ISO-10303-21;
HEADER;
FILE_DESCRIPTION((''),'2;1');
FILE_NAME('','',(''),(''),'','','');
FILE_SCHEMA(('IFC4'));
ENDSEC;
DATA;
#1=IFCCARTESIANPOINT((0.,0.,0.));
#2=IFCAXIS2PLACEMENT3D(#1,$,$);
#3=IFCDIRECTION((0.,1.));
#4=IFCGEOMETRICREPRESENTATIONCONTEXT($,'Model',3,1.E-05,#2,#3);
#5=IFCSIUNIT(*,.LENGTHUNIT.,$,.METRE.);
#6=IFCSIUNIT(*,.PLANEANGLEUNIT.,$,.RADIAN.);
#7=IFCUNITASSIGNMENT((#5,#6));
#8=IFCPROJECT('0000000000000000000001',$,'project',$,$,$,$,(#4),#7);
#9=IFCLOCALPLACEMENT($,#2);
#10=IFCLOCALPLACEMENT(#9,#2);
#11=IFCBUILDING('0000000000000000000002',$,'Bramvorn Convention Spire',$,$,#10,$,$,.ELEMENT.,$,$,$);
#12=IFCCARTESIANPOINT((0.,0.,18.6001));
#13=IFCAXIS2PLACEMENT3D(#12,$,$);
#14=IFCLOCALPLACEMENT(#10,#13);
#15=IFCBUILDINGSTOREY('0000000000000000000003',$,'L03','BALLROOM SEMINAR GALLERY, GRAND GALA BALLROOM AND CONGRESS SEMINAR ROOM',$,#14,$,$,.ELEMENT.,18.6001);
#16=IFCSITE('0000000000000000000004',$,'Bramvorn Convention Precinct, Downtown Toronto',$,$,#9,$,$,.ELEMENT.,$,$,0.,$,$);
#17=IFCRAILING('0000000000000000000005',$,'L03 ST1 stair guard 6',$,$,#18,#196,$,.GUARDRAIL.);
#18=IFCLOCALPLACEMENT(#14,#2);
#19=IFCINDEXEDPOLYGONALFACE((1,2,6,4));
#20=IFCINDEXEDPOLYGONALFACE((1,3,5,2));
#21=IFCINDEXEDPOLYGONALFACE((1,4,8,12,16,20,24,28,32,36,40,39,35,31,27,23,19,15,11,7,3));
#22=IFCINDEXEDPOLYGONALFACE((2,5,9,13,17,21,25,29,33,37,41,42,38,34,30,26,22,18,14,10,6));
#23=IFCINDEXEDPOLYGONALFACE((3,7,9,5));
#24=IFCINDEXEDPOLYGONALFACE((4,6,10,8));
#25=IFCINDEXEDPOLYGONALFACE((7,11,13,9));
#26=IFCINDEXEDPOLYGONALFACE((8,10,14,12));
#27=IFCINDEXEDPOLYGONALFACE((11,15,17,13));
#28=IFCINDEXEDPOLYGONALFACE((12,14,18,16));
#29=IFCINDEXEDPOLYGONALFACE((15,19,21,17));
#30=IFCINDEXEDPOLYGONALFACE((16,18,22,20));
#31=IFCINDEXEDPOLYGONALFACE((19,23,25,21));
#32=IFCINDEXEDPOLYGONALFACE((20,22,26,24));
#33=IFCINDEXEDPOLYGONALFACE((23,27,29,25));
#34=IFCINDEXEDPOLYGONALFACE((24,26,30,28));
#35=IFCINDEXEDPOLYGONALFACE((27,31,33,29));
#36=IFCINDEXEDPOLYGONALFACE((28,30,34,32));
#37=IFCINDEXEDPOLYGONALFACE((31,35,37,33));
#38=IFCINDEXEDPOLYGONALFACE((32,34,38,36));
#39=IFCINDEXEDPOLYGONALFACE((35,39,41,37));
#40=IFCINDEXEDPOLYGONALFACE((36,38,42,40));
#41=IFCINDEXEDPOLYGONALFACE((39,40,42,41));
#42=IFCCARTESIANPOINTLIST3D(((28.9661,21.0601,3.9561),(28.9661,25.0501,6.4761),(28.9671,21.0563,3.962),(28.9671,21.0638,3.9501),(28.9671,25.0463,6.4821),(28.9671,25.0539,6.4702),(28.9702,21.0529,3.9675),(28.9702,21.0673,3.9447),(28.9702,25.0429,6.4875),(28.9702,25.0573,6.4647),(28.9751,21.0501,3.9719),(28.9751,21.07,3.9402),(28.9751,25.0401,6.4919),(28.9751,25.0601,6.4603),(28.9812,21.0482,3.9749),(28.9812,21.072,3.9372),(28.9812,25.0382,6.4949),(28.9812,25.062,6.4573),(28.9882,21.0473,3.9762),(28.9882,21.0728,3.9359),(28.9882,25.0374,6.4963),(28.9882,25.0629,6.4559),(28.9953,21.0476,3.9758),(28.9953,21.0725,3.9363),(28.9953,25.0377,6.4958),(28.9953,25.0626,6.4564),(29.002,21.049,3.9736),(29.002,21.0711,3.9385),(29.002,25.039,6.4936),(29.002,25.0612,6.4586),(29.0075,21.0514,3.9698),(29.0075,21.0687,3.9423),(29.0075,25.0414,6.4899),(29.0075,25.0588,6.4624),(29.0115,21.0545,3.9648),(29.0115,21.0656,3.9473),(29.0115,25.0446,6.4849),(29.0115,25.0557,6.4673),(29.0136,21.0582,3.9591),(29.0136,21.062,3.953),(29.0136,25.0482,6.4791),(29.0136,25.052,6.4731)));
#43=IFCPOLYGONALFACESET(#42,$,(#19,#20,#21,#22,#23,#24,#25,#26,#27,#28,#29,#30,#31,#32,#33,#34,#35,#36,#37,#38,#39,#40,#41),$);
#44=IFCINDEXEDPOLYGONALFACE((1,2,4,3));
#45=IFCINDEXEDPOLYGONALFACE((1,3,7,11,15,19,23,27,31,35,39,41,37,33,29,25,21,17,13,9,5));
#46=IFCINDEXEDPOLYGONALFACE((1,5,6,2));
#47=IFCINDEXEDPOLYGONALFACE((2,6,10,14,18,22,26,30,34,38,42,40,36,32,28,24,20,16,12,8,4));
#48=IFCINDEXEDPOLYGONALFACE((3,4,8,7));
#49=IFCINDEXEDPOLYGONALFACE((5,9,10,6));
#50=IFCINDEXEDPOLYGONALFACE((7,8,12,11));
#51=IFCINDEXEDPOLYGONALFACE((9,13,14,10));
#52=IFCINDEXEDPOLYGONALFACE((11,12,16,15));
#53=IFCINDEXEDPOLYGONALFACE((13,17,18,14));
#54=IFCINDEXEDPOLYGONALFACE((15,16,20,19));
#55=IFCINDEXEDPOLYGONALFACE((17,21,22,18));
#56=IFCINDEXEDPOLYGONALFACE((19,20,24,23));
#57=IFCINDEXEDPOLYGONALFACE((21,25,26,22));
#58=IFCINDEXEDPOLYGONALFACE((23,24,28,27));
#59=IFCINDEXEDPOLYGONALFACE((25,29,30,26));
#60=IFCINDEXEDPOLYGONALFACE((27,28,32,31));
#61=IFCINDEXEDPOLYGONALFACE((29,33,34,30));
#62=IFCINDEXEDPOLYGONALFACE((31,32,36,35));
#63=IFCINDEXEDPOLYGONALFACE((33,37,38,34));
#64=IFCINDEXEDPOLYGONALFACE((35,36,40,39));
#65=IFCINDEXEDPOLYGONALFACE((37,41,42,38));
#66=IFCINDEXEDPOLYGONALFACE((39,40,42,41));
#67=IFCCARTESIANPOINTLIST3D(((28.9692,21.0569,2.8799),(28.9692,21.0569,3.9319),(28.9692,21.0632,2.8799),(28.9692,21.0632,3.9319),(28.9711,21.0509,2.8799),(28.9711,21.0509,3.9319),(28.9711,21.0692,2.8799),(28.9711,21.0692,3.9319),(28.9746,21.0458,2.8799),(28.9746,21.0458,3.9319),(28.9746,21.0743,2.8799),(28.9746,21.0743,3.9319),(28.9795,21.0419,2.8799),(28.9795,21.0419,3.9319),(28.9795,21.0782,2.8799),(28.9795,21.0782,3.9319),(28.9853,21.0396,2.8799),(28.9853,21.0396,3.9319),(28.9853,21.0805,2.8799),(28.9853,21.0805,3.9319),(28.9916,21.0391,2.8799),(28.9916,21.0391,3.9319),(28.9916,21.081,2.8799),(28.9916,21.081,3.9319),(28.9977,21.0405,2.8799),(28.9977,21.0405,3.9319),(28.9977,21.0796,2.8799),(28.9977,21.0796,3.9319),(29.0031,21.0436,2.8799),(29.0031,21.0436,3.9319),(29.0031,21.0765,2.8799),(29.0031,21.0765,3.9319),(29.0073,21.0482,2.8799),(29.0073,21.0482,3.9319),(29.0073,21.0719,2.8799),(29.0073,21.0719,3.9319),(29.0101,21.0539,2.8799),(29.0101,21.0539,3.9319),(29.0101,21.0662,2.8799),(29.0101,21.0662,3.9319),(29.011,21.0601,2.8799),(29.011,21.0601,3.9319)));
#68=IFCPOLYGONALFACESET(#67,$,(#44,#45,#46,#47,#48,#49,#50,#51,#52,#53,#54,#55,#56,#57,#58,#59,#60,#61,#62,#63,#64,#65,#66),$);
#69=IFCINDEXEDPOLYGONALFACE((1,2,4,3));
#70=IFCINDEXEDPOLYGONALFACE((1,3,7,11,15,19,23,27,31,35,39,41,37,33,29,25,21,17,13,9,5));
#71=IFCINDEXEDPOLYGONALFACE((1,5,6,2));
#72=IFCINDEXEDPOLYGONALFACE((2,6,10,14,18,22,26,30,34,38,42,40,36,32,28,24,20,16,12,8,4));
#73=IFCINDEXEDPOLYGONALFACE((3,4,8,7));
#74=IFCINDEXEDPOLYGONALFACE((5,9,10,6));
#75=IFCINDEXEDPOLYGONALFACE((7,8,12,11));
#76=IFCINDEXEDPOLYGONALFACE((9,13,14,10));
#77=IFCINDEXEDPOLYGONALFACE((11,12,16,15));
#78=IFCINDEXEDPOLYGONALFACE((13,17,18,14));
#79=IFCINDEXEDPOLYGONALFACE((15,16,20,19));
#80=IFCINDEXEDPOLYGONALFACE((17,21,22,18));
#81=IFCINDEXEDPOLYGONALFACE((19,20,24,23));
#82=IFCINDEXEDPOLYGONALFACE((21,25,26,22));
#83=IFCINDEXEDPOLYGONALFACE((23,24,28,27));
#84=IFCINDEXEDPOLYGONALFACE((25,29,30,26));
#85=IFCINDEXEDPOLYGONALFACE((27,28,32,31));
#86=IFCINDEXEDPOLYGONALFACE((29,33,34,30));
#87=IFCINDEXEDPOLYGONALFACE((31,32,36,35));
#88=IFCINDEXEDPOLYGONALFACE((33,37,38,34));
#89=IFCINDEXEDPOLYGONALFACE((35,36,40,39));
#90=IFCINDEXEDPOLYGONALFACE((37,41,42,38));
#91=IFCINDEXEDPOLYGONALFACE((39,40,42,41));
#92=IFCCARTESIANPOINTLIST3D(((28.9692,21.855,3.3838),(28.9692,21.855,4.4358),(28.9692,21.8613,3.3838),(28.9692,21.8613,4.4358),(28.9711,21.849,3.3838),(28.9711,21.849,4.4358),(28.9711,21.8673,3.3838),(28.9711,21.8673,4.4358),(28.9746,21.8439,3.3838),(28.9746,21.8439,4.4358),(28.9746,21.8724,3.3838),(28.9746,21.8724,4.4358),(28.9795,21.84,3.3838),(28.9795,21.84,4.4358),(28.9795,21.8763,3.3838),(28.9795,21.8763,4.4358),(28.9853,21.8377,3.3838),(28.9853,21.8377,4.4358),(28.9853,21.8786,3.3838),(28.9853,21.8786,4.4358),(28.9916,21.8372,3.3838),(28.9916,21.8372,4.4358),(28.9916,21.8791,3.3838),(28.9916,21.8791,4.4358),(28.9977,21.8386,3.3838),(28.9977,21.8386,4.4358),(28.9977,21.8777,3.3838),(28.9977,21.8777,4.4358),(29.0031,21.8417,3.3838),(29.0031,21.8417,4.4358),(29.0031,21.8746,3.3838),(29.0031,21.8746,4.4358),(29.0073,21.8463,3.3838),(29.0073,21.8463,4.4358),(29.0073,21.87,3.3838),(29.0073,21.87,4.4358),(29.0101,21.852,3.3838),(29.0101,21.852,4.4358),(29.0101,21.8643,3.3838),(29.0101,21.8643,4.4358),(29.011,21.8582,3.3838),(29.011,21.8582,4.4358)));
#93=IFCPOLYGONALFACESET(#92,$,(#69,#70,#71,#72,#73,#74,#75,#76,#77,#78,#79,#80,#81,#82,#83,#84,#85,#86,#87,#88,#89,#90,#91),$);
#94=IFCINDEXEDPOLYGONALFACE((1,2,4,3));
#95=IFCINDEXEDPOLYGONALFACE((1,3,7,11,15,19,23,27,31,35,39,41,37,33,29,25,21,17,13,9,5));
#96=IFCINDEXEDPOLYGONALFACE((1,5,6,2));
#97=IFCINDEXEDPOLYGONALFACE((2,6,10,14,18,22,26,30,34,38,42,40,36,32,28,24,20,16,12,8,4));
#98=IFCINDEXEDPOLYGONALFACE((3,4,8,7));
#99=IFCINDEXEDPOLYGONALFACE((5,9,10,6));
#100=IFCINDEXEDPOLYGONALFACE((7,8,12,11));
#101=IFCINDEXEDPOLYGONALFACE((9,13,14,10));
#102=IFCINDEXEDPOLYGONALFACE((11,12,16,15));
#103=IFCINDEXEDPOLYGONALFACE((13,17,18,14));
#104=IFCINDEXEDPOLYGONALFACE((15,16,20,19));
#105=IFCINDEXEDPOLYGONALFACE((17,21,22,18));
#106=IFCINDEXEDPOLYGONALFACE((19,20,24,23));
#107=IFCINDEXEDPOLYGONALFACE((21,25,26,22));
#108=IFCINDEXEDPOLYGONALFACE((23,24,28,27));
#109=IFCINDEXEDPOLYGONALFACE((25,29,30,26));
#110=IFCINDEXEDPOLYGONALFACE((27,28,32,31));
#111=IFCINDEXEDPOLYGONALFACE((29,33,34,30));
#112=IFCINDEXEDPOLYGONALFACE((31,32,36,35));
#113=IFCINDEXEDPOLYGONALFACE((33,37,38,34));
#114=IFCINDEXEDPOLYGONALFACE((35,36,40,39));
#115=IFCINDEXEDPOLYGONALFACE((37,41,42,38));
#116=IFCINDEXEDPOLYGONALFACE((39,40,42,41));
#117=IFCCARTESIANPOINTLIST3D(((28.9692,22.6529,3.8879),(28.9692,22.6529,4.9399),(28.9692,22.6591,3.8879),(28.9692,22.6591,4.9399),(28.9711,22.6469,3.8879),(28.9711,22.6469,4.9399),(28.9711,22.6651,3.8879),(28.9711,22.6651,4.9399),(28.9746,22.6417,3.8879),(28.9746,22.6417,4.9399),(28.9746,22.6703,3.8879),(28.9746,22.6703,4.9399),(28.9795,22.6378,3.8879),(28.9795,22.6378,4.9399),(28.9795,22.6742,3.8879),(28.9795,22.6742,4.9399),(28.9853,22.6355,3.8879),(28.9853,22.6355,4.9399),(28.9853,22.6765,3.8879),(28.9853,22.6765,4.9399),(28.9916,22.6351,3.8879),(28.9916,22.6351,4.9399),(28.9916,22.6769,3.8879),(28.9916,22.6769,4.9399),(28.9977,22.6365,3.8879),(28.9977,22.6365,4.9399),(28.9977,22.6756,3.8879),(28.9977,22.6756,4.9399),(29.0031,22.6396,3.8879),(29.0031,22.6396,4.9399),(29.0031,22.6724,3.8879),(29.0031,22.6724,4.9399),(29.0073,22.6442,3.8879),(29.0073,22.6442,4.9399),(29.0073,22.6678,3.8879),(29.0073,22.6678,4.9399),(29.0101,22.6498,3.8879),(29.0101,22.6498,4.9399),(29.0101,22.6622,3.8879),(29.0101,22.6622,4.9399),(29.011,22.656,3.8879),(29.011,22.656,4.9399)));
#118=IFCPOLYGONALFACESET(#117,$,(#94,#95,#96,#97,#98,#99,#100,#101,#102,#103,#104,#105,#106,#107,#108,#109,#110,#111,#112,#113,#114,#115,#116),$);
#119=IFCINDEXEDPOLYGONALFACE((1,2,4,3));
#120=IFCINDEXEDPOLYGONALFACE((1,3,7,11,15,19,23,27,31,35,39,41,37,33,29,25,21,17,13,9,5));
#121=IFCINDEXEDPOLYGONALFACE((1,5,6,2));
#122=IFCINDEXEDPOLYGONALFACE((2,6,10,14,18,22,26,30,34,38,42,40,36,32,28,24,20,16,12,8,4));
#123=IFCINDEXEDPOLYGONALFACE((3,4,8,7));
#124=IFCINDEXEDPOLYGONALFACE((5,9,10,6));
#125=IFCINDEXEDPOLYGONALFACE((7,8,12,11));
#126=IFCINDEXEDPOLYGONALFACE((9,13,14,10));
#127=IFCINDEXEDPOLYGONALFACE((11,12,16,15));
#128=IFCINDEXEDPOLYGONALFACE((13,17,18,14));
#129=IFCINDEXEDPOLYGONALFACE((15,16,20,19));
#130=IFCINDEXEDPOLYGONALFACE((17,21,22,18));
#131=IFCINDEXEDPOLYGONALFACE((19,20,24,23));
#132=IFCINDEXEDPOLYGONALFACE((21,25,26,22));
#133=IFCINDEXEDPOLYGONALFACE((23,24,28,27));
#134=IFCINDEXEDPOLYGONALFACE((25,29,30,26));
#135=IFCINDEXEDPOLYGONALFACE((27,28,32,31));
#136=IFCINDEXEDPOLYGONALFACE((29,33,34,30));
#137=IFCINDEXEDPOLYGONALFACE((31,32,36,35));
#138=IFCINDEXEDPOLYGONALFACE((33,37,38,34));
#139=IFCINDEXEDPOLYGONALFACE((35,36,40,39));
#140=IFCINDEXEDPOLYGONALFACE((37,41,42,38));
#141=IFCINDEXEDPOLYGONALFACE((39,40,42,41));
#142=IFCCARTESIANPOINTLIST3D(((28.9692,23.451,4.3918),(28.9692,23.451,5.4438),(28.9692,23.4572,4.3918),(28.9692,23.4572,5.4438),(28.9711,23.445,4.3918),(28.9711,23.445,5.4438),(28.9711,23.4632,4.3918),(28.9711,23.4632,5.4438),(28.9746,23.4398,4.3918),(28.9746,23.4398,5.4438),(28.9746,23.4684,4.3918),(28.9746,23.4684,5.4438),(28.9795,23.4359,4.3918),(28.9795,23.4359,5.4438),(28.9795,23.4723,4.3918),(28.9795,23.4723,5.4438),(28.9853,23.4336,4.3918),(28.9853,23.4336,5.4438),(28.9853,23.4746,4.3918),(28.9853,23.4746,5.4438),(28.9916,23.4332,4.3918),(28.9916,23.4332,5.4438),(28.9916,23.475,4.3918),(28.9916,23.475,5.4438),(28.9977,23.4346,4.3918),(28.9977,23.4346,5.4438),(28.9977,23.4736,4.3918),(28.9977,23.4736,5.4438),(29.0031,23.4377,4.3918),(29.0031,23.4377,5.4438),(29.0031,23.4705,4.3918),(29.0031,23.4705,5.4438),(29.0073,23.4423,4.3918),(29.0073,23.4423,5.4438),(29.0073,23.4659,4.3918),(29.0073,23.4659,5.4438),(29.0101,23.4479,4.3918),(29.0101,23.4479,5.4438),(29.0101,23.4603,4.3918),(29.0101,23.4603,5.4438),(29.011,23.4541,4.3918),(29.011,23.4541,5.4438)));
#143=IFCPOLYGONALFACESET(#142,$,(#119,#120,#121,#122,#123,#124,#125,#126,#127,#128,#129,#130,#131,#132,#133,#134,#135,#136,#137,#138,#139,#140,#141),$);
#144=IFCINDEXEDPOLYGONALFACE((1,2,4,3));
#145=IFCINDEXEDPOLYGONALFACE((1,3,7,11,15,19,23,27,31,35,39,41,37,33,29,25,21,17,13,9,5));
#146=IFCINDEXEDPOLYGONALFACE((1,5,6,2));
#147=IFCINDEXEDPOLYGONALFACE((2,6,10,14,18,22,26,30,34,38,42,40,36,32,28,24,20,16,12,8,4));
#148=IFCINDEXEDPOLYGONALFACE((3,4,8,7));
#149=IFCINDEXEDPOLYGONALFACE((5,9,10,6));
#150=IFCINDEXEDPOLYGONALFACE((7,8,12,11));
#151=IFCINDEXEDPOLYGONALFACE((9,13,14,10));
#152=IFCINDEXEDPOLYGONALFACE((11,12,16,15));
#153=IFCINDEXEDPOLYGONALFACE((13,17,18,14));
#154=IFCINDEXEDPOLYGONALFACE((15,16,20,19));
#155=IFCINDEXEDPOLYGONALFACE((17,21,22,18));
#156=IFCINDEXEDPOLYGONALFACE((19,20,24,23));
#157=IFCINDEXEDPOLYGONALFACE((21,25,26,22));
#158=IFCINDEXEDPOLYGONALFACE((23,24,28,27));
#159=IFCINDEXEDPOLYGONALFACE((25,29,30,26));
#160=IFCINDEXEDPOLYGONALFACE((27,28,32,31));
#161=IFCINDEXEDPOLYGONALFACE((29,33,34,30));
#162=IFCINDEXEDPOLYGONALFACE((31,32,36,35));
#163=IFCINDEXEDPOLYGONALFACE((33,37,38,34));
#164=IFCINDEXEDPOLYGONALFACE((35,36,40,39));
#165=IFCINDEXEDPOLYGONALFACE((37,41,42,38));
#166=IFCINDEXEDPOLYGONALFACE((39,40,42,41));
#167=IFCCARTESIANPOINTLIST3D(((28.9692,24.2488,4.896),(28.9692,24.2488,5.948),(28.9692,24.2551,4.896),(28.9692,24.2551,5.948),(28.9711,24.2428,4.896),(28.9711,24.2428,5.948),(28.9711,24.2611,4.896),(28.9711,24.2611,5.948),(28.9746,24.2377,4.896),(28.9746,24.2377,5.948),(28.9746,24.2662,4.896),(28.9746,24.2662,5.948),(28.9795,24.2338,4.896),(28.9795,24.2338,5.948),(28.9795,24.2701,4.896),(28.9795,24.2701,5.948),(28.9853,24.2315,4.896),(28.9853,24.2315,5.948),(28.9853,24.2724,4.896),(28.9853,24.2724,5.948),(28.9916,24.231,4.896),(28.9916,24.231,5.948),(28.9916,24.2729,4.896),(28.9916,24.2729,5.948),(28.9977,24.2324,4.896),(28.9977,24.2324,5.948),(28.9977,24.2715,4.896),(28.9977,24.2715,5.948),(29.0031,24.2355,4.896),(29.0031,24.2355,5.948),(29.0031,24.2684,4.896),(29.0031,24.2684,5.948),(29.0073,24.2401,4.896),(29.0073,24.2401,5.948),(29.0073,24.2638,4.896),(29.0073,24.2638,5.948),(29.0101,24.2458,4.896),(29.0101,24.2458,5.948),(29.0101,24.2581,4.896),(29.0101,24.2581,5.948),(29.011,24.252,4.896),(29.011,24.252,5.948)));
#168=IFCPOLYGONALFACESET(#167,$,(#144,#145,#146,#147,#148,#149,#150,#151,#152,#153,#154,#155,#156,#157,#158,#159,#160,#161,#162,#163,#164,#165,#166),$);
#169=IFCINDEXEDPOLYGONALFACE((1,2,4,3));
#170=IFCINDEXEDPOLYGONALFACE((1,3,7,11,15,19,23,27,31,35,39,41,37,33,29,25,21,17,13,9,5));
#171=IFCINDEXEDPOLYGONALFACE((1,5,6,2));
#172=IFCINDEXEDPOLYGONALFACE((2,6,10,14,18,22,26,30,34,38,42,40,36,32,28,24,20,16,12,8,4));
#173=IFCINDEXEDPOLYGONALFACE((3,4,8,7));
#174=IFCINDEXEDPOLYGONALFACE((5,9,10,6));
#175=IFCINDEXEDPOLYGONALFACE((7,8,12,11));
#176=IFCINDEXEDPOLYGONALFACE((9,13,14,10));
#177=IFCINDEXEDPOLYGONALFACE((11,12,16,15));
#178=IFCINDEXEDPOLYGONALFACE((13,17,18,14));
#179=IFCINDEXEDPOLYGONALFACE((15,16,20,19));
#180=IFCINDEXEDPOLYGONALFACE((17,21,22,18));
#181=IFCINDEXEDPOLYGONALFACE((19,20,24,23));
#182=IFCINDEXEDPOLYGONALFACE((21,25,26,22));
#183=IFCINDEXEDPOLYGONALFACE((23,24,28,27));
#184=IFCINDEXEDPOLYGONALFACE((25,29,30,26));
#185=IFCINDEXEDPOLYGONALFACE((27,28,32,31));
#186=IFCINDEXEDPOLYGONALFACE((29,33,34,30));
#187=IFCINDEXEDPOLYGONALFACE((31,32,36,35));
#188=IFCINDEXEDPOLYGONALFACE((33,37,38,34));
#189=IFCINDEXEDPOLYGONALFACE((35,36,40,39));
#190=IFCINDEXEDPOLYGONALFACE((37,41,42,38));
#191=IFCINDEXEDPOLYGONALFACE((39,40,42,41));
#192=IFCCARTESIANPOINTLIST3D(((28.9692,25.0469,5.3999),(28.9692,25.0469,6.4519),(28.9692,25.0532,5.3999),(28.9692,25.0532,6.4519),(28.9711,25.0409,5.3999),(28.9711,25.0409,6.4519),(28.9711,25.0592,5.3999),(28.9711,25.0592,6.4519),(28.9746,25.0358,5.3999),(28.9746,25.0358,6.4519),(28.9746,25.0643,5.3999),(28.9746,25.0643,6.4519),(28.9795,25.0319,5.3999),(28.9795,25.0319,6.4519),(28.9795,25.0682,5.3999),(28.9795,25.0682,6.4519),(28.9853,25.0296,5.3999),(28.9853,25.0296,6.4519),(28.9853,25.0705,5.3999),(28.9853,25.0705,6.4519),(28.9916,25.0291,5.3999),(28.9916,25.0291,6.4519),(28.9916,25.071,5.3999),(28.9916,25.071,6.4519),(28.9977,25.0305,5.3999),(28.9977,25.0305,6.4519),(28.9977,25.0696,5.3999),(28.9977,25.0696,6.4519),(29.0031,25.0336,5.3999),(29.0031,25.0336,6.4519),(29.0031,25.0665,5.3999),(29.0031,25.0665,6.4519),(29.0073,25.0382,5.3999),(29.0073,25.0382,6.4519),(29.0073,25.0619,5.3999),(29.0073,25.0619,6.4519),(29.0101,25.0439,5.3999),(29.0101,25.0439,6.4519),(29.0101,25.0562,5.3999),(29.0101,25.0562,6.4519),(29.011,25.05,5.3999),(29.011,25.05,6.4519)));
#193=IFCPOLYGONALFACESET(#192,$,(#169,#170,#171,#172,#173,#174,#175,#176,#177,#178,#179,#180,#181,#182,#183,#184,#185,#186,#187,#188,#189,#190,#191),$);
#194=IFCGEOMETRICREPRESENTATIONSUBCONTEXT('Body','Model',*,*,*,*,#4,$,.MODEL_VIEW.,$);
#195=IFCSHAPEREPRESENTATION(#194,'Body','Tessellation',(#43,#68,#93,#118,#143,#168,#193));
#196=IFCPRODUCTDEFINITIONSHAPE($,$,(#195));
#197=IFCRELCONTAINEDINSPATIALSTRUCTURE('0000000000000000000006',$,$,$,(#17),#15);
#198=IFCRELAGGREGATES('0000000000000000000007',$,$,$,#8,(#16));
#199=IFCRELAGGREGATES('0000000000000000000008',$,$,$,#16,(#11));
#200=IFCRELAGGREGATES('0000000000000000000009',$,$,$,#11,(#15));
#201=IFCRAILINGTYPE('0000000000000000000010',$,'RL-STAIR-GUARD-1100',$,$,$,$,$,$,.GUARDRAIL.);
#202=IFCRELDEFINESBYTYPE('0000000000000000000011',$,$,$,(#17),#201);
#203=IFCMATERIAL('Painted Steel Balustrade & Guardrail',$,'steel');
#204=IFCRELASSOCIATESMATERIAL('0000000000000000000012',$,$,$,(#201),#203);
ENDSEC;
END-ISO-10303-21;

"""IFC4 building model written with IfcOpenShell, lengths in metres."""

from ifc_helpers import new_model, si_unit, direction, frame, origin, origin_2d, place, context, subcontext, project, spatial, circle, extrude, material, type_object, element, save


model = new_model("IFC4")

# Units and contexts
model_context = context("Model", 3, precision=1e-05, world=origin(), true_north=direction((0.0, 1.0)))
body_context = subcontext(model_context, "Body", "Model", "MODEL_VIEW")
ifc_project = project(units=[si_unit("LENGTHUNIT", "METRE"), si_unit("PLANEANGLEUNIT", "RADIAN")], contexts=[model_context])

# Site, building, storey
site_placement = place(None, origin())
site = spatial("IfcSite", under=ifc_project, at=site_placement, Name="Bramvorn Convention Precinct, Downtown Toronto", CompositionType="ELEMENT", RefElevation=0.0)
building_placement = place(site_placement, origin())
building = spatial("IfcBuilding", under=site, at=building_placement, Name="Bramvorn Convention Spire", CompositionType="ELEMENT")
storey_placement = place(building_placement, frame((0.0, 0.0, 18.6001)))
storey = spatial("IfcBuildingStorey", under=building, at=storey_placement, Name="L03", Description="BALLROOM SEMINAR GALLERY, GRAND GALA BALLROOM AND CONGRESS SEMINAR ROOM", CompositionType="ELEMENT", Elevation=18.6001)

# Railing
ifc_material_1 = material(Name="Painted Steel Balustrade & Guardrail", Category="steel")
railing_type_1 = type_object("IfcRailingType", Name="RL-STAIR-GUARD-1100", PredefinedType="GUARDRAIL", material=ifc_material_1)
railing_1_placement = place(storey_placement, frame((28.99, 21.0601, 2.8799)))
element("IfcRailing", 1, at=railing_1_placement, inside=storey, type_object=railing_type_1, Name="L03 ST1 stair guard 6", PredefinedType="GUARDRAIL", context=body_context, shape_type="SweptSolid", body=[
    extrude(circle(Radius=0.0239, at=origin_2d()), frame((0.0, 0.0, 1.0762), z_axis=(0.0, 0.845486, 0.533997), x_axis=(-1.0, 0.0, 0.0)), (0.0, 0.0, 1.0), 4.7192),
    extrude(circle(Radius=0.021, at=origin_2d()), origin(), (0.0, 0.0, 1.0), 1.052),
    extrude(circle(Radius=0.021, at=origin_2d()), frame((0.0, 0.7981, 0.5039)), (0.0, 0.0, 1.0), 1.052),
    extrude(circle(Radius=0.021, at=origin_2d()), frame((0.0, 1.5959, 1.0081)), (0.0, 0.0, 1.0), 1.052),
    extrude(circle(Radius=0.021, at=origin_2d()), frame((0.0, 2.394, 1.512)), (0.0, 0.0, 1.0), 1.052),
    extrude(circle(Radius=0.021, at=origin_2d()), frame((0.0, 3.1919, 2.0161)), (0.0, 0.0, 1.0), 1.052),
    extrude(circle(Radius=0.021, at=origin_2d()), frame((0.0, 3.99, 2.52)), (0.0, 0.0, 1.0), 1.052),
])

save(model, "model.ifc")
